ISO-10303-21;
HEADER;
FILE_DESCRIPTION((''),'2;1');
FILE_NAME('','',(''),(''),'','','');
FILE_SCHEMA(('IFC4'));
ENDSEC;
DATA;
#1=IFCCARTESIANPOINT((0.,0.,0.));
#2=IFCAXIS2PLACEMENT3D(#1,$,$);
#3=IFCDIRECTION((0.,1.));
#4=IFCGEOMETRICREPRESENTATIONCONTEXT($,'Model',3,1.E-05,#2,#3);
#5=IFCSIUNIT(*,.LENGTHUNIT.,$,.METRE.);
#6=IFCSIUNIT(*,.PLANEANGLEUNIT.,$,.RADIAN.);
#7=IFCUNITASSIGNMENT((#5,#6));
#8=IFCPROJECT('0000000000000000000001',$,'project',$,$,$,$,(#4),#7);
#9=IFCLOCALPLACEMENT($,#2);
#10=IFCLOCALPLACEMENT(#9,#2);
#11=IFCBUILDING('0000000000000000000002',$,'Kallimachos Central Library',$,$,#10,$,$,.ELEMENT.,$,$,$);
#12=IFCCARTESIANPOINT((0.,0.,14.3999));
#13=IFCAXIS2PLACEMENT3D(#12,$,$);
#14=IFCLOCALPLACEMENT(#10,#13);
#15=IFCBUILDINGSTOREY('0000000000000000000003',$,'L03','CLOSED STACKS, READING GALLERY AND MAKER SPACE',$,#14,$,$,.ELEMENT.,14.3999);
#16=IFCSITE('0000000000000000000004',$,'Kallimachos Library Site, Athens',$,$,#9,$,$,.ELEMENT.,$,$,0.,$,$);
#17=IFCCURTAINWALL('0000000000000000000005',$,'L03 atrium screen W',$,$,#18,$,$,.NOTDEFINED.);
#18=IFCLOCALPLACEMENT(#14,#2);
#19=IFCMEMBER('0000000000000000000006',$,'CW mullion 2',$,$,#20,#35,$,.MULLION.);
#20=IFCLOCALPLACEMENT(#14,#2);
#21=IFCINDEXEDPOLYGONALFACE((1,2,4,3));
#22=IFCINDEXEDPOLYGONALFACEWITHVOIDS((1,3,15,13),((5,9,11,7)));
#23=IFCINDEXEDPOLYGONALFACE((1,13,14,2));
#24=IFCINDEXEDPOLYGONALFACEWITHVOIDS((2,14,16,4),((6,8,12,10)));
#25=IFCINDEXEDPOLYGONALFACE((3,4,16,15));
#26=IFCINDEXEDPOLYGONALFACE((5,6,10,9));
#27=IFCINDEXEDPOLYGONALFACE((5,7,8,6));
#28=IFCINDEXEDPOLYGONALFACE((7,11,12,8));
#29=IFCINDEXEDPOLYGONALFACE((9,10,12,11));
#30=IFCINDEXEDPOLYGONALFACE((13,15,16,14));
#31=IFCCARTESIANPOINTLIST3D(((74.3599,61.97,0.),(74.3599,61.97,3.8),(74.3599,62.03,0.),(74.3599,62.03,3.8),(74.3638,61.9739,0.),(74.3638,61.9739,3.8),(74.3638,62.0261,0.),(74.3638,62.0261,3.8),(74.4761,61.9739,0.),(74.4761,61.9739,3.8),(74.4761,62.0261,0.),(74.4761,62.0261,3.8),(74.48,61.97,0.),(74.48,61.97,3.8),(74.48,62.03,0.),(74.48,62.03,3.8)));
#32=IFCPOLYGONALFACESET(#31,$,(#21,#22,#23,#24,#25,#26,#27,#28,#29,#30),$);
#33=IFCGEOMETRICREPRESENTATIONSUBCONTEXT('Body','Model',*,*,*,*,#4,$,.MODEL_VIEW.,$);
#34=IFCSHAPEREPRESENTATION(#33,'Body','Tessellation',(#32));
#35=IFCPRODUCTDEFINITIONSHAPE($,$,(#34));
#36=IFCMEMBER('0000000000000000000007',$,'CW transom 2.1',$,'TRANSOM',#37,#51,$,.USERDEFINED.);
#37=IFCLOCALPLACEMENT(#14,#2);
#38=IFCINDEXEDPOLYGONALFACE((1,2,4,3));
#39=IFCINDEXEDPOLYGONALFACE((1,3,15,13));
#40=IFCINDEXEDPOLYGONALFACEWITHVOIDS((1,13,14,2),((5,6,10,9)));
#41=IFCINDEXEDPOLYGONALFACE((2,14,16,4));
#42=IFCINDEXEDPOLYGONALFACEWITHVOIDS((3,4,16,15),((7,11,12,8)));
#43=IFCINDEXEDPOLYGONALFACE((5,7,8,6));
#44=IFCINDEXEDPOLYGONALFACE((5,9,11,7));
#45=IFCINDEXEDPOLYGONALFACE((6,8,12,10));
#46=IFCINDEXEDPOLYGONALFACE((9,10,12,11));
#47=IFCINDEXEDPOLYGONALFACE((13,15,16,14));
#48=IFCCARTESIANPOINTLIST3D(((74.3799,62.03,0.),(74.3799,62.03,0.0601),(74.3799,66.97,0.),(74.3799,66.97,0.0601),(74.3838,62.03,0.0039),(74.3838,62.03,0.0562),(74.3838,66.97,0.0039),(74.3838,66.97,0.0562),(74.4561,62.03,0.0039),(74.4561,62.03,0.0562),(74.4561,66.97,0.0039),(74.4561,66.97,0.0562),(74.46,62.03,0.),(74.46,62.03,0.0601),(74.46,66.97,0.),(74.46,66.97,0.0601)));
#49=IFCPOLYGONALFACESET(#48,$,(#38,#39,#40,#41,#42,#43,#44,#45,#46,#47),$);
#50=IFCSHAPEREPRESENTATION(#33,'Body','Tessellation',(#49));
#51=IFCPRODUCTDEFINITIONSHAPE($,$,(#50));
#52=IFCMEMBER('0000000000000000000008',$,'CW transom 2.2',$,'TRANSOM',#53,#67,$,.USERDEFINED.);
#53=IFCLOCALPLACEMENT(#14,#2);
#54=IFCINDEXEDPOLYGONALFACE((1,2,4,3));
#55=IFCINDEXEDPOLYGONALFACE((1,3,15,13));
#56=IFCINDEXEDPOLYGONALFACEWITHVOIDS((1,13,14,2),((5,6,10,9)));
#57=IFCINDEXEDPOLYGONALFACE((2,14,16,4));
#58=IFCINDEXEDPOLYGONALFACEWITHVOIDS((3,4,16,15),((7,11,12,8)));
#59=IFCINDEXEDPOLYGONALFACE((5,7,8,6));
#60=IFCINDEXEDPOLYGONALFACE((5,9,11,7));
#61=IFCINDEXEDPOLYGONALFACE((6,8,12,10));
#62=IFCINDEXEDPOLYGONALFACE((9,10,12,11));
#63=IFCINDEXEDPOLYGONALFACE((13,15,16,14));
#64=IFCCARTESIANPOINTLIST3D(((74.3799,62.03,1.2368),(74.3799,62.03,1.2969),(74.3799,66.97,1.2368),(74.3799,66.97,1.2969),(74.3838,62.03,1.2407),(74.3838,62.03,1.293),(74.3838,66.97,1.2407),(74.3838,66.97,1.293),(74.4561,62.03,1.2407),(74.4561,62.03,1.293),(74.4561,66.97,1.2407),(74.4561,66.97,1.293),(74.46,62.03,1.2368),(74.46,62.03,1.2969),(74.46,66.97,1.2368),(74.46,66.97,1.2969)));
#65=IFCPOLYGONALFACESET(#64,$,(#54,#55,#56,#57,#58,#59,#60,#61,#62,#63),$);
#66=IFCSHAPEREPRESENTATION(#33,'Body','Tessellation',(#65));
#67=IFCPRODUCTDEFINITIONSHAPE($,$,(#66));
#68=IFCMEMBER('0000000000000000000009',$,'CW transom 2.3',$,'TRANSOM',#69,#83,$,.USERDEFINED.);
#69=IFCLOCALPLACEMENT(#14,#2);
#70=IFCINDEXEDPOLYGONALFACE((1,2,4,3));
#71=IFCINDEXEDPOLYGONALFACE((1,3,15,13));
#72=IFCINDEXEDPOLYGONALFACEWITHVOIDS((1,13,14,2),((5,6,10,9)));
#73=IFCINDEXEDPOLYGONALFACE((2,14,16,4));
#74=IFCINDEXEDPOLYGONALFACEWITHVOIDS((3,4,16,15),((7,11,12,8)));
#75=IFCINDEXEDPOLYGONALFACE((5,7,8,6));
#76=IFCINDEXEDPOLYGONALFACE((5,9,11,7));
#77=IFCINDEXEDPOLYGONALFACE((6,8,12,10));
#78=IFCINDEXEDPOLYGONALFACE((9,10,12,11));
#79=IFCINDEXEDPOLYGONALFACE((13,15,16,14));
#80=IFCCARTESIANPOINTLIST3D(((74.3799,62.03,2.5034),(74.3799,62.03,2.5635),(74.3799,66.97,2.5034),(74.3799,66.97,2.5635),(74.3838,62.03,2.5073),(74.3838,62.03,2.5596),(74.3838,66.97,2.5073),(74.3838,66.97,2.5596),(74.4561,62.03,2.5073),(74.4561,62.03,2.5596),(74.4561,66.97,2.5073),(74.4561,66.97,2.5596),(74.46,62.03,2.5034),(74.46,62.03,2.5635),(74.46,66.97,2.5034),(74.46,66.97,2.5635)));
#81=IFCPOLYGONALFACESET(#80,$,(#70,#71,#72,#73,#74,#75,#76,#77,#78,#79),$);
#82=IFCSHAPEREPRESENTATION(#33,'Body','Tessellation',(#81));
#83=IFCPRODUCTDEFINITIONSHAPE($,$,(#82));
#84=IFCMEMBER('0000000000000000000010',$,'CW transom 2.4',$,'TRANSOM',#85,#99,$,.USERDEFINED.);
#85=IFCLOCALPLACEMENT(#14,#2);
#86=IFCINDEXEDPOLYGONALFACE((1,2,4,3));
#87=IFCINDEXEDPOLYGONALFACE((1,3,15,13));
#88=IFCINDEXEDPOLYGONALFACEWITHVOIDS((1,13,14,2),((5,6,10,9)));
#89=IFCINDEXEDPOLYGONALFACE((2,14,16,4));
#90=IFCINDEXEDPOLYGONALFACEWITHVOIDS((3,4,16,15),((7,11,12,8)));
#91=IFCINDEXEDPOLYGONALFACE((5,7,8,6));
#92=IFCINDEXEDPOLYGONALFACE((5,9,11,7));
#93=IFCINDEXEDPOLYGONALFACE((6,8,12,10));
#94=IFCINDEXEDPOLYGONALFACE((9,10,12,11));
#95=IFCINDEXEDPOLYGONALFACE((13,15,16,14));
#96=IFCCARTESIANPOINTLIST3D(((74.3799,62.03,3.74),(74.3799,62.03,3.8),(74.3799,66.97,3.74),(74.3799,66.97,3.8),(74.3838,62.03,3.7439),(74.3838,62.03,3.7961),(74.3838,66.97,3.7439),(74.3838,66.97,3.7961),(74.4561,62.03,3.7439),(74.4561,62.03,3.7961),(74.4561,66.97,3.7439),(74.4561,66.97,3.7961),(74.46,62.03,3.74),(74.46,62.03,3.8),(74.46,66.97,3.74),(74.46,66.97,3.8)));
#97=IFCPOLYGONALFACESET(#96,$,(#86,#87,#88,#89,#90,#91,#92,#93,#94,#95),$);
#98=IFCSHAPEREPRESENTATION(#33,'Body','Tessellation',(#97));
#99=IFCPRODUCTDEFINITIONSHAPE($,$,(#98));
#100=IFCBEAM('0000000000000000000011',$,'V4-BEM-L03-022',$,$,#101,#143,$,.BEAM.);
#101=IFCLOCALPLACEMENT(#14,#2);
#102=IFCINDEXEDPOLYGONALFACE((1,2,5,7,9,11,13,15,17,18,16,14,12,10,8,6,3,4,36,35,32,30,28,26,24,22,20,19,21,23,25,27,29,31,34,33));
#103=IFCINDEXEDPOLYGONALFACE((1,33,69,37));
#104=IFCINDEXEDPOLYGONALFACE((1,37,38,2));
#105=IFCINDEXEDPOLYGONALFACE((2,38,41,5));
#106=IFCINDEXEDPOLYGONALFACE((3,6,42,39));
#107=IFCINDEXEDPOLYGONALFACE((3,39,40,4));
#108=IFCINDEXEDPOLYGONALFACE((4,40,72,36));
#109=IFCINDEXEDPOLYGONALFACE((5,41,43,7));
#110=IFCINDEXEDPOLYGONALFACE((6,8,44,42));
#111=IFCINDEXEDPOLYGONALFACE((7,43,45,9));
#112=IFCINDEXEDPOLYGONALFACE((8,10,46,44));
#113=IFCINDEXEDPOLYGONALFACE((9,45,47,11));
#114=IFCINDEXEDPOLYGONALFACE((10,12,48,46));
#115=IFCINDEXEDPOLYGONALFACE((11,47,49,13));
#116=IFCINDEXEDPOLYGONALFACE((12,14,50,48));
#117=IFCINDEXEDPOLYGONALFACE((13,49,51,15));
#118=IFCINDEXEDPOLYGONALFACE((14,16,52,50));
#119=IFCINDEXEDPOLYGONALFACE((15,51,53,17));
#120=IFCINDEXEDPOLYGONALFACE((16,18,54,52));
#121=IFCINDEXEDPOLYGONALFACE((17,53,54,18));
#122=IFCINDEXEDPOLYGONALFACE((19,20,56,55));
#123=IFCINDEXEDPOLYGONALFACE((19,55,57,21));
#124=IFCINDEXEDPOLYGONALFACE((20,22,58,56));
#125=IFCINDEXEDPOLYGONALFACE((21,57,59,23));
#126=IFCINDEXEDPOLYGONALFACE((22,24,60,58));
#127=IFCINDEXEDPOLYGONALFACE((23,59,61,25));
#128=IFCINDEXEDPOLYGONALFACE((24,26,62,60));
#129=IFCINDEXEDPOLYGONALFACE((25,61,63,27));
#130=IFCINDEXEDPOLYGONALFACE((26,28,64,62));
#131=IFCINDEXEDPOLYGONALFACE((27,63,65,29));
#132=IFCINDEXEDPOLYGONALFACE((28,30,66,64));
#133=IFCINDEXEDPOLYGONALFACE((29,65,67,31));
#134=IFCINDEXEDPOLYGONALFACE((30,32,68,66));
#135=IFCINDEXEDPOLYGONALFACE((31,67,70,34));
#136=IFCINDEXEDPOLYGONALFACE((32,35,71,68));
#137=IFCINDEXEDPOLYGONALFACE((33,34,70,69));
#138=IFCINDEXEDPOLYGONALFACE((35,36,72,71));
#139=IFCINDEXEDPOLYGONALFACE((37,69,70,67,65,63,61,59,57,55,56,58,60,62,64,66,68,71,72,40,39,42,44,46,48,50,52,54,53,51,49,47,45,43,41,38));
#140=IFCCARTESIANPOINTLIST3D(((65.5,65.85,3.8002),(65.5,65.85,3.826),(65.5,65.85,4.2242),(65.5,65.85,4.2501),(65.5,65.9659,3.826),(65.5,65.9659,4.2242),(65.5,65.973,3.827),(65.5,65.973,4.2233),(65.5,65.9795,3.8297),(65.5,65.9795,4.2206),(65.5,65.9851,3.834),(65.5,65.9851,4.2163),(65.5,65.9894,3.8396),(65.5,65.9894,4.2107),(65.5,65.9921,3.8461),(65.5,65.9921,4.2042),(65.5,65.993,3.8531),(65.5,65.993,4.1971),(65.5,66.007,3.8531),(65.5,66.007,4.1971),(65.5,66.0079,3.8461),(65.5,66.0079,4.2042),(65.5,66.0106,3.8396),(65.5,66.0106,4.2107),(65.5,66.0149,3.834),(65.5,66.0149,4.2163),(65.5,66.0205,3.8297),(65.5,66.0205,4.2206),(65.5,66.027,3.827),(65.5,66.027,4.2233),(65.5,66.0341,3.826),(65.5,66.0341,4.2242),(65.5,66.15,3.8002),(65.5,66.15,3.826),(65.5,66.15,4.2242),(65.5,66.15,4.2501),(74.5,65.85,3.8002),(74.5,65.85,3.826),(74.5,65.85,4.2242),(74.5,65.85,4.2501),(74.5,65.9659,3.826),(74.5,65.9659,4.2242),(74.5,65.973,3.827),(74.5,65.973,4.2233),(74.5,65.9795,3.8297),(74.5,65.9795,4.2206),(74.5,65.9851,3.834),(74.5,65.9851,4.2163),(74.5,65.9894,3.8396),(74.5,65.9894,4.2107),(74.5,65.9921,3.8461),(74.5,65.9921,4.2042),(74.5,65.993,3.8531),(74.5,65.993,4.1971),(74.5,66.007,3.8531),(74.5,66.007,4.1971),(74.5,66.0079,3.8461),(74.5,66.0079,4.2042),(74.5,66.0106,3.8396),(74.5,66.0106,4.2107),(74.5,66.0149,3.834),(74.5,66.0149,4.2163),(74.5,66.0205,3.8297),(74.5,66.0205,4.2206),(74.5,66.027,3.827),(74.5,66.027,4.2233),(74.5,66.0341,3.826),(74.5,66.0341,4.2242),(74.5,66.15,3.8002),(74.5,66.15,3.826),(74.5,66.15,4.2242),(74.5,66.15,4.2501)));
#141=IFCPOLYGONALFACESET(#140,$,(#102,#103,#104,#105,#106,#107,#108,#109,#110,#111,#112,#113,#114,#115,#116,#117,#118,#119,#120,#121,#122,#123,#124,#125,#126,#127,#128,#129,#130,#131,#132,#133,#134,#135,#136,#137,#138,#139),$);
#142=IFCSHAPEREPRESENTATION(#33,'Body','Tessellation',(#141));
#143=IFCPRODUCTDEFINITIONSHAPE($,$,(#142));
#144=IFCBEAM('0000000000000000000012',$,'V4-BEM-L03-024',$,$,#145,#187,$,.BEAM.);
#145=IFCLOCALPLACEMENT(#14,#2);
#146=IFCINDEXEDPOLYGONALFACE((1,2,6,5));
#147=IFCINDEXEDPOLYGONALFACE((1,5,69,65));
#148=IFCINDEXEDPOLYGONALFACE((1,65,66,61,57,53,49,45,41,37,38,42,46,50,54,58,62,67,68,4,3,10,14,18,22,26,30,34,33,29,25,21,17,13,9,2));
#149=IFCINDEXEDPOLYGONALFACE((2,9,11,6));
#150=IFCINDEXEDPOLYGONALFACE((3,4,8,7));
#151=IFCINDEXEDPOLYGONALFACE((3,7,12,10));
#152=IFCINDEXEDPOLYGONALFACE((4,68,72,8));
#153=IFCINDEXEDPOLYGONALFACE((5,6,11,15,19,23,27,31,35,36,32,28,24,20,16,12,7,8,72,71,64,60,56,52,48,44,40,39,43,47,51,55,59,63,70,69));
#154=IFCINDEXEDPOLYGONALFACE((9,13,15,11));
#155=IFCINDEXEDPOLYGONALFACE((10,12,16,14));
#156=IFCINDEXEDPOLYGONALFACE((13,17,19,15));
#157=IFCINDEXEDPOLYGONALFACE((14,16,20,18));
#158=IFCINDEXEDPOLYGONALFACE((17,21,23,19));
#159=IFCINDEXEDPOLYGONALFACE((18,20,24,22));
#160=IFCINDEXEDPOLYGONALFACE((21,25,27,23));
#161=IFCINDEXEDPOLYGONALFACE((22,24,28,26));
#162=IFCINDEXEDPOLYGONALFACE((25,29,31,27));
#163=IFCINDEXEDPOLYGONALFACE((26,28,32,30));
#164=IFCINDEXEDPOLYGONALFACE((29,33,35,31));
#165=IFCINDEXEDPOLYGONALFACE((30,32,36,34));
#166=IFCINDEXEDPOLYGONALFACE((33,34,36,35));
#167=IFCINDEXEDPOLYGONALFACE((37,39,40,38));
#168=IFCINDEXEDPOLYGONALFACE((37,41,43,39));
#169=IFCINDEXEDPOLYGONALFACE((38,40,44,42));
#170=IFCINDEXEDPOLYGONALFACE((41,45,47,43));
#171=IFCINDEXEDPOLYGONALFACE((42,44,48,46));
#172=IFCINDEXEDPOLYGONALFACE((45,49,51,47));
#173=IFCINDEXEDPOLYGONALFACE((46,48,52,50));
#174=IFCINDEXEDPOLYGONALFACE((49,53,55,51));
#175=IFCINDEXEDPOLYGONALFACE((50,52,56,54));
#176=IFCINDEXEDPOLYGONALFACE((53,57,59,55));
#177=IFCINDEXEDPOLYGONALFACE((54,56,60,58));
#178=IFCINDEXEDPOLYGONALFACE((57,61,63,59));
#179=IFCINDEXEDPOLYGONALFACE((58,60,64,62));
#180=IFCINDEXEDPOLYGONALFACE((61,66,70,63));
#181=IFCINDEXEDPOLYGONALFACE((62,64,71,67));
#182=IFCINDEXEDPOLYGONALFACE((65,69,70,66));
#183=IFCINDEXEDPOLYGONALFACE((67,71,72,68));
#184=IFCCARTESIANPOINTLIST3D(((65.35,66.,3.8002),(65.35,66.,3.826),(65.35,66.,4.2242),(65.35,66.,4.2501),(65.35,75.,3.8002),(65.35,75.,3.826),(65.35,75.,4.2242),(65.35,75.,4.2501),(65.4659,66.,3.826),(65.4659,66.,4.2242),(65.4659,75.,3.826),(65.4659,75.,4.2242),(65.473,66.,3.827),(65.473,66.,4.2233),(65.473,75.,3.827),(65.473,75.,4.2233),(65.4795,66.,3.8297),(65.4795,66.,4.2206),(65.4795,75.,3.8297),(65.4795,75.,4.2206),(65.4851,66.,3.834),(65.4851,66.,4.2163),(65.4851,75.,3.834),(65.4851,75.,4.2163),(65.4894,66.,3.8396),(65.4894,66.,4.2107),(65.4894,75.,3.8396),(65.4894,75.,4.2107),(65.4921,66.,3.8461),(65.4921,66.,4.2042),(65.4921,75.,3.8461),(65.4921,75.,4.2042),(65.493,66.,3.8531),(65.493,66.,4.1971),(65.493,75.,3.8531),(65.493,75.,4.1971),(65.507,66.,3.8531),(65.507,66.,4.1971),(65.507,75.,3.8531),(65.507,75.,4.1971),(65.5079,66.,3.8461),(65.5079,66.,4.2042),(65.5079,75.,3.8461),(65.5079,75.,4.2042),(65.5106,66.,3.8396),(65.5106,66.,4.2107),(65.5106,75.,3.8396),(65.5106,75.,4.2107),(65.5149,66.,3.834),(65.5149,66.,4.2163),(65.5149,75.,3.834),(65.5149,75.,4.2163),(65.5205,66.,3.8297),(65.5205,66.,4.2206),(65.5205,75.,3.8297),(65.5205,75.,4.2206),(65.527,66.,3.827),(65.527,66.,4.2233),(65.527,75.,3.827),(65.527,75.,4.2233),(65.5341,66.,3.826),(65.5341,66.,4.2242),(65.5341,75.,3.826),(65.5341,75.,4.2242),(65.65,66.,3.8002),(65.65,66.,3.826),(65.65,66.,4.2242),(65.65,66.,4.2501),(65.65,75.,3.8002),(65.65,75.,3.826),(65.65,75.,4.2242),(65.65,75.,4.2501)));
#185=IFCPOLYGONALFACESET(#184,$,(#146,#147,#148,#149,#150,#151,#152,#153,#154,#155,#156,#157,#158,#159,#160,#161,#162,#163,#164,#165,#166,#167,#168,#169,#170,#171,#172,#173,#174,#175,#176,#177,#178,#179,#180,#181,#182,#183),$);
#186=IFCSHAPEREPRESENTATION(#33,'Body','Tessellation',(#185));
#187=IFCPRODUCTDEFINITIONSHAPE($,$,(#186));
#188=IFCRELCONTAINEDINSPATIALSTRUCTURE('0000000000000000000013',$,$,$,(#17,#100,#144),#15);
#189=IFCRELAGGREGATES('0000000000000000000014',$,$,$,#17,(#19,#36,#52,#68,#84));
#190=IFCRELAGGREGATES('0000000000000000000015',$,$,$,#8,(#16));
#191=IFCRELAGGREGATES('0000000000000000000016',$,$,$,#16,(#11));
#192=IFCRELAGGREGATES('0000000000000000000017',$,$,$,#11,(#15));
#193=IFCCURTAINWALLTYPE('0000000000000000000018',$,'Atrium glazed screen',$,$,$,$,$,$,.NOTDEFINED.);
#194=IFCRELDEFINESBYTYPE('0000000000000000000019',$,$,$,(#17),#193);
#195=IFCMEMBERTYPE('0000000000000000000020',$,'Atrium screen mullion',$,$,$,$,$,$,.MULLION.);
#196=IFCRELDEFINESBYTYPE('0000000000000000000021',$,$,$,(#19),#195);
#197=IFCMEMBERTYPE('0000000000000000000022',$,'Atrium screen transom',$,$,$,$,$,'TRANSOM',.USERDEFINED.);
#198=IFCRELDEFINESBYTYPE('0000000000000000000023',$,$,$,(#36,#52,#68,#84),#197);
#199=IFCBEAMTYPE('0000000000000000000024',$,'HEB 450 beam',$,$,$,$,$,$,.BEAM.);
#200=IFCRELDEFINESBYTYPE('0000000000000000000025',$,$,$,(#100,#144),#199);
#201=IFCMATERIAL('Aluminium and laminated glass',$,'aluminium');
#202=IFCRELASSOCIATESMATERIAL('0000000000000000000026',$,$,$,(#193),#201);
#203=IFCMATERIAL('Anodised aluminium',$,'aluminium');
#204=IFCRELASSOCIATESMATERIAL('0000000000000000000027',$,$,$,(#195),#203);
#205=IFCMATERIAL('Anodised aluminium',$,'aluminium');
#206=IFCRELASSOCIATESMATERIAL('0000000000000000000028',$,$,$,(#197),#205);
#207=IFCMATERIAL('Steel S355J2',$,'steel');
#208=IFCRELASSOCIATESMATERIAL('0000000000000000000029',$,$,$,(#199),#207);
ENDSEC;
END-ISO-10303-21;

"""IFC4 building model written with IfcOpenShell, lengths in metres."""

from ifc_helpers import new_model, si_unit, direction, frame, origin, origin_2d, place, context, subcontext, project, spatial, hollow_rectangle, i_section, extrude, material, material_profile, profile_set, type_object, element, aggregate, save


model = new_model("IFC4")

# Units and contexts
model_context = context("Model", 3, precision=1e-05, world=origin(), true_north=direction((0.0, 1.0)))
body_context = subcontext(model_context, "Body", "Model", "MODEL_VIEW")
ifc_project = project(units=[si_unit("LENGTHUNIT", "METRE"), si_unit("PLANEANGLEUNIT", "RADIAN")], contexts=[model_context])

# Site, building, storey
site_placement = place(None, origin())
site = spatial("IfcSite", under=ifc_project, at=site_placement, Name="Kallimachos Library Site, Athens", CompositionType="ELEMENT", RefElevation=0.0)
building_placement = place(site_placement, origin())
building = spatial("IfcBuilding", under=site, at=building_placement, Name="Kallimachos Central Library", CompositionType="ELEMENT")
storey_placement = place(building_placement, frame((0.0, 0.0, 14.3999)))
storey = spatial("IfcBuildingStorey", under=building, at=storey_placement, Name="L03", Description="CLOSED STACKS, READING GALLERY AND MAKER SPACE", CompositionType="ELEMENT", Elevation=14.3999)

# Curtain wall, members
ifc_material_1 = material(Name="Aluminium and laminated glass", Category="aluminium")
curtain_wall_type_1 = type_object("IfcCurtainWallType", Name="Atrium glazed screen", PredefinedType="NOTDEFINED", material=ifc_material_1)
curtain_wall_1_placement = place(storey_placement, origin())
curtain_wall_1 = element("IfcCurtainWall", 1, at=curtain_wall_1_placement, inside=storey, type_object=curtain_wall_type_1, Name="L03 atrium screen W", PredefinedType="NOTDEFINED")
ifc_material_2 = material(Name="Anodised aluminium", Category="aluminium")
ifc_material_profile_1 = material_profile(ifc_material_2, hollow_rectangle(XDim=0.0601, YDim=0.1201, WallThickness=0.0039, at=origin_2d()), Name="ALU MULLION 60x120")
ifc_profile_set_1 = profile_set([ifc_material_profile_1], Name="Anodised aluminium")
member_type_1 = type_object("IfcMemberType", Name="Atrium screen mullion", PredefinedType="MULLION", material=ifc_profile_set_1)
member_1_placement = place(storey_placement, frame((74.4199, 62.0, 0.0), z_axis=(0.0, 0.0, 1.0), x_axis=(0.0, 1.0, 0.0)))
member_1 = element("IfcMember", 2, at=member_1_placement, type_object=member_type_1, Name="CW mullion 2", PredefinedType="MULLION", context=body_context, shape_type="SweptSolid", body=[
    extrude(hollow_rectangle(XDim=0.0601, YDim=0.1201, WallThickness=0.0039, at=origin_2d()), origin(), (0.0, 0.0, 1.0), 3.8),
])
ifc_material_3 = material(Name="Anodised aluminium", Category="aluminium")
ifc_material_profile_2 = material_profile(ifc_material_3, hollow_rectangle(XDim=0.0601, YDim=0.0801, WallThickness=0.0039, at=origin_2d()), Name="ALU TRANSOM 60x80")
ifc_profile_set_2 = profile_set([ifc_material_profile_2], Name="Anodised aluminium")
member_type_2 = type_object("IfcMemberType", Name="Atrium screen transom", ElementType="TRANSOM", PredefinedType="USERDEFINED", material=ifc_profile_set_2)
member_2_placement = place(storey_placement, frame((74.4199, 62.03, 0.03), z_axis=(0.0, 1.0, 0.0), x_axis=(0.0, 0.0, 1.0)))
member_2 = element("IfcMember", 3, at=member_2_placement, type_object=member_type_2, Name="CW transom 2.1", ObjectType="TRANSOM", PredefinedType="USERDEFINED", context=body_context, shape_type="SweptSolid", body=[
    extrude(hollow_rectangle(XDim=0.0601, YDim=0.0801, WallThickness=0.0039, at=origin_2d()), origin(), (0.0, 0.0, 1.0), 4.9399),
])
member_3_placement = place(storey_placement, frame((74.4199, 62.03, 1.2668), z_axis=(0.0, 1.0, 0.0), x_axis=(0.0, 0.0, 1.0)))
member_3 = element("IfcMember", 4, at=member_3_placement, type_object=member_type_2, Name="CW transom 2.2", ObjectType="TRANSOM", PredefinedType="USERDEFINED", context=body_context, shape_type="SweptSolid", body=[
    extrude(hollow_rectangle(XDim=0.0601, YDim=0.0801, WallThickness=0.0039, at=origin_2d()), origin(), (0.0, 0.0, 1.0), 4.9399),
])
member_4_placement = place(storey_placement, frame((74.4199, 62.03, 2.5334), z_axis=(0.0, 1.0, 0.0), x_axis=(0.0, 0.0, 1.0)))
member_4 = element("IfcMember", 5, at=member_4_placement, type_object=member_type_2, Name="CW transom 2.3", ObjectType="TRANSOM", PredefinedType="USERDEFINED", context=body_context, shape_type="SweptSolid", body=[
    extrude(hollow_rectangle(XDim=0.0601, YDim=0.0801, WallThickness=0.0039, at=origin_2d()), origin(), (0.0, 0.0, 1.0), 4.9399),
])
member_5_placement = place(storey_placement, frame((74.4199, 62.03, 3.77), z_axis=(0.0, 1.0, 0.0), x_axis=(0.0, 0.0, 1.0)))
member_5 = element("IfcMember", 6, at=member_5_placement, type_object=member_type_2, Name="CW transom 2.4", ObjectType="TRANSOM", PredefinedType="USERDEFINED", context=body_context, shape_type="SweptSolid", body=[
    extrude(hollow_rectangle(XDim=0.0601, YDim=0.0801, WallThickness=0.0039, at=origin_2d()), origin(), (0.0, 0.0, 1.0), 4.9399),
])

# Beams
ifc_material_4 = material(Name="Steel S355J2", Category="steel")
ifc_material_profile_3 = material_profile(ifc_material_4, i_section(OverallWidth=0.3, OverallDepth=0.45, WebThickness=0.0139, FlangeThickness=0.0259, FilletRadius=0.0271, at=origin_2d()), Name="HEB 450")
ifc_profile_set_3 = profile_set([ifc_material_profile_3], Name="Steel S355J2")
beam_type = type_object("IfcBeamType", Name="HEB 450 beam", PredefinedType="BEAM", material=ifc_profile_set_3)
for number, where, z_axis, x_axis, name in (
    (7, (65.5, 66.0, 4.0251), (1.0, 0.0, 0.0), (0.0, 1.0, 0.0), "V4-BEM-L03-022"),
    (8, (65.5, 66.0, 4.0251), (0.0, 1.0, 0.0), (-1.0, 0.0, 0.0), "V4-BEM-L03-024"),
):
    element("IfcBeam", number, at=place(storey_placement, frame(where, z_axis=z_axis, x_axis=x_axis)), inside=storey, type_object=beam_type, Name=name, PredefinedType="BEAM", context=body_context, shape_type="SweptSolid", body=[
        extrude(i_section(OverallWidth=0.3, OverallDepth=0.45, WebThickness=0.0139, FlangeThickness=0.0259, FilletRadius=0.0271, at=origin_2d()), origin(), (0.0, 0.0, 1.0), 9.0),
    ])

aggregate(curtain_wall_1, [member_1, member_2, member_3, member_4, member_5])

save(model, "model.ifc")
